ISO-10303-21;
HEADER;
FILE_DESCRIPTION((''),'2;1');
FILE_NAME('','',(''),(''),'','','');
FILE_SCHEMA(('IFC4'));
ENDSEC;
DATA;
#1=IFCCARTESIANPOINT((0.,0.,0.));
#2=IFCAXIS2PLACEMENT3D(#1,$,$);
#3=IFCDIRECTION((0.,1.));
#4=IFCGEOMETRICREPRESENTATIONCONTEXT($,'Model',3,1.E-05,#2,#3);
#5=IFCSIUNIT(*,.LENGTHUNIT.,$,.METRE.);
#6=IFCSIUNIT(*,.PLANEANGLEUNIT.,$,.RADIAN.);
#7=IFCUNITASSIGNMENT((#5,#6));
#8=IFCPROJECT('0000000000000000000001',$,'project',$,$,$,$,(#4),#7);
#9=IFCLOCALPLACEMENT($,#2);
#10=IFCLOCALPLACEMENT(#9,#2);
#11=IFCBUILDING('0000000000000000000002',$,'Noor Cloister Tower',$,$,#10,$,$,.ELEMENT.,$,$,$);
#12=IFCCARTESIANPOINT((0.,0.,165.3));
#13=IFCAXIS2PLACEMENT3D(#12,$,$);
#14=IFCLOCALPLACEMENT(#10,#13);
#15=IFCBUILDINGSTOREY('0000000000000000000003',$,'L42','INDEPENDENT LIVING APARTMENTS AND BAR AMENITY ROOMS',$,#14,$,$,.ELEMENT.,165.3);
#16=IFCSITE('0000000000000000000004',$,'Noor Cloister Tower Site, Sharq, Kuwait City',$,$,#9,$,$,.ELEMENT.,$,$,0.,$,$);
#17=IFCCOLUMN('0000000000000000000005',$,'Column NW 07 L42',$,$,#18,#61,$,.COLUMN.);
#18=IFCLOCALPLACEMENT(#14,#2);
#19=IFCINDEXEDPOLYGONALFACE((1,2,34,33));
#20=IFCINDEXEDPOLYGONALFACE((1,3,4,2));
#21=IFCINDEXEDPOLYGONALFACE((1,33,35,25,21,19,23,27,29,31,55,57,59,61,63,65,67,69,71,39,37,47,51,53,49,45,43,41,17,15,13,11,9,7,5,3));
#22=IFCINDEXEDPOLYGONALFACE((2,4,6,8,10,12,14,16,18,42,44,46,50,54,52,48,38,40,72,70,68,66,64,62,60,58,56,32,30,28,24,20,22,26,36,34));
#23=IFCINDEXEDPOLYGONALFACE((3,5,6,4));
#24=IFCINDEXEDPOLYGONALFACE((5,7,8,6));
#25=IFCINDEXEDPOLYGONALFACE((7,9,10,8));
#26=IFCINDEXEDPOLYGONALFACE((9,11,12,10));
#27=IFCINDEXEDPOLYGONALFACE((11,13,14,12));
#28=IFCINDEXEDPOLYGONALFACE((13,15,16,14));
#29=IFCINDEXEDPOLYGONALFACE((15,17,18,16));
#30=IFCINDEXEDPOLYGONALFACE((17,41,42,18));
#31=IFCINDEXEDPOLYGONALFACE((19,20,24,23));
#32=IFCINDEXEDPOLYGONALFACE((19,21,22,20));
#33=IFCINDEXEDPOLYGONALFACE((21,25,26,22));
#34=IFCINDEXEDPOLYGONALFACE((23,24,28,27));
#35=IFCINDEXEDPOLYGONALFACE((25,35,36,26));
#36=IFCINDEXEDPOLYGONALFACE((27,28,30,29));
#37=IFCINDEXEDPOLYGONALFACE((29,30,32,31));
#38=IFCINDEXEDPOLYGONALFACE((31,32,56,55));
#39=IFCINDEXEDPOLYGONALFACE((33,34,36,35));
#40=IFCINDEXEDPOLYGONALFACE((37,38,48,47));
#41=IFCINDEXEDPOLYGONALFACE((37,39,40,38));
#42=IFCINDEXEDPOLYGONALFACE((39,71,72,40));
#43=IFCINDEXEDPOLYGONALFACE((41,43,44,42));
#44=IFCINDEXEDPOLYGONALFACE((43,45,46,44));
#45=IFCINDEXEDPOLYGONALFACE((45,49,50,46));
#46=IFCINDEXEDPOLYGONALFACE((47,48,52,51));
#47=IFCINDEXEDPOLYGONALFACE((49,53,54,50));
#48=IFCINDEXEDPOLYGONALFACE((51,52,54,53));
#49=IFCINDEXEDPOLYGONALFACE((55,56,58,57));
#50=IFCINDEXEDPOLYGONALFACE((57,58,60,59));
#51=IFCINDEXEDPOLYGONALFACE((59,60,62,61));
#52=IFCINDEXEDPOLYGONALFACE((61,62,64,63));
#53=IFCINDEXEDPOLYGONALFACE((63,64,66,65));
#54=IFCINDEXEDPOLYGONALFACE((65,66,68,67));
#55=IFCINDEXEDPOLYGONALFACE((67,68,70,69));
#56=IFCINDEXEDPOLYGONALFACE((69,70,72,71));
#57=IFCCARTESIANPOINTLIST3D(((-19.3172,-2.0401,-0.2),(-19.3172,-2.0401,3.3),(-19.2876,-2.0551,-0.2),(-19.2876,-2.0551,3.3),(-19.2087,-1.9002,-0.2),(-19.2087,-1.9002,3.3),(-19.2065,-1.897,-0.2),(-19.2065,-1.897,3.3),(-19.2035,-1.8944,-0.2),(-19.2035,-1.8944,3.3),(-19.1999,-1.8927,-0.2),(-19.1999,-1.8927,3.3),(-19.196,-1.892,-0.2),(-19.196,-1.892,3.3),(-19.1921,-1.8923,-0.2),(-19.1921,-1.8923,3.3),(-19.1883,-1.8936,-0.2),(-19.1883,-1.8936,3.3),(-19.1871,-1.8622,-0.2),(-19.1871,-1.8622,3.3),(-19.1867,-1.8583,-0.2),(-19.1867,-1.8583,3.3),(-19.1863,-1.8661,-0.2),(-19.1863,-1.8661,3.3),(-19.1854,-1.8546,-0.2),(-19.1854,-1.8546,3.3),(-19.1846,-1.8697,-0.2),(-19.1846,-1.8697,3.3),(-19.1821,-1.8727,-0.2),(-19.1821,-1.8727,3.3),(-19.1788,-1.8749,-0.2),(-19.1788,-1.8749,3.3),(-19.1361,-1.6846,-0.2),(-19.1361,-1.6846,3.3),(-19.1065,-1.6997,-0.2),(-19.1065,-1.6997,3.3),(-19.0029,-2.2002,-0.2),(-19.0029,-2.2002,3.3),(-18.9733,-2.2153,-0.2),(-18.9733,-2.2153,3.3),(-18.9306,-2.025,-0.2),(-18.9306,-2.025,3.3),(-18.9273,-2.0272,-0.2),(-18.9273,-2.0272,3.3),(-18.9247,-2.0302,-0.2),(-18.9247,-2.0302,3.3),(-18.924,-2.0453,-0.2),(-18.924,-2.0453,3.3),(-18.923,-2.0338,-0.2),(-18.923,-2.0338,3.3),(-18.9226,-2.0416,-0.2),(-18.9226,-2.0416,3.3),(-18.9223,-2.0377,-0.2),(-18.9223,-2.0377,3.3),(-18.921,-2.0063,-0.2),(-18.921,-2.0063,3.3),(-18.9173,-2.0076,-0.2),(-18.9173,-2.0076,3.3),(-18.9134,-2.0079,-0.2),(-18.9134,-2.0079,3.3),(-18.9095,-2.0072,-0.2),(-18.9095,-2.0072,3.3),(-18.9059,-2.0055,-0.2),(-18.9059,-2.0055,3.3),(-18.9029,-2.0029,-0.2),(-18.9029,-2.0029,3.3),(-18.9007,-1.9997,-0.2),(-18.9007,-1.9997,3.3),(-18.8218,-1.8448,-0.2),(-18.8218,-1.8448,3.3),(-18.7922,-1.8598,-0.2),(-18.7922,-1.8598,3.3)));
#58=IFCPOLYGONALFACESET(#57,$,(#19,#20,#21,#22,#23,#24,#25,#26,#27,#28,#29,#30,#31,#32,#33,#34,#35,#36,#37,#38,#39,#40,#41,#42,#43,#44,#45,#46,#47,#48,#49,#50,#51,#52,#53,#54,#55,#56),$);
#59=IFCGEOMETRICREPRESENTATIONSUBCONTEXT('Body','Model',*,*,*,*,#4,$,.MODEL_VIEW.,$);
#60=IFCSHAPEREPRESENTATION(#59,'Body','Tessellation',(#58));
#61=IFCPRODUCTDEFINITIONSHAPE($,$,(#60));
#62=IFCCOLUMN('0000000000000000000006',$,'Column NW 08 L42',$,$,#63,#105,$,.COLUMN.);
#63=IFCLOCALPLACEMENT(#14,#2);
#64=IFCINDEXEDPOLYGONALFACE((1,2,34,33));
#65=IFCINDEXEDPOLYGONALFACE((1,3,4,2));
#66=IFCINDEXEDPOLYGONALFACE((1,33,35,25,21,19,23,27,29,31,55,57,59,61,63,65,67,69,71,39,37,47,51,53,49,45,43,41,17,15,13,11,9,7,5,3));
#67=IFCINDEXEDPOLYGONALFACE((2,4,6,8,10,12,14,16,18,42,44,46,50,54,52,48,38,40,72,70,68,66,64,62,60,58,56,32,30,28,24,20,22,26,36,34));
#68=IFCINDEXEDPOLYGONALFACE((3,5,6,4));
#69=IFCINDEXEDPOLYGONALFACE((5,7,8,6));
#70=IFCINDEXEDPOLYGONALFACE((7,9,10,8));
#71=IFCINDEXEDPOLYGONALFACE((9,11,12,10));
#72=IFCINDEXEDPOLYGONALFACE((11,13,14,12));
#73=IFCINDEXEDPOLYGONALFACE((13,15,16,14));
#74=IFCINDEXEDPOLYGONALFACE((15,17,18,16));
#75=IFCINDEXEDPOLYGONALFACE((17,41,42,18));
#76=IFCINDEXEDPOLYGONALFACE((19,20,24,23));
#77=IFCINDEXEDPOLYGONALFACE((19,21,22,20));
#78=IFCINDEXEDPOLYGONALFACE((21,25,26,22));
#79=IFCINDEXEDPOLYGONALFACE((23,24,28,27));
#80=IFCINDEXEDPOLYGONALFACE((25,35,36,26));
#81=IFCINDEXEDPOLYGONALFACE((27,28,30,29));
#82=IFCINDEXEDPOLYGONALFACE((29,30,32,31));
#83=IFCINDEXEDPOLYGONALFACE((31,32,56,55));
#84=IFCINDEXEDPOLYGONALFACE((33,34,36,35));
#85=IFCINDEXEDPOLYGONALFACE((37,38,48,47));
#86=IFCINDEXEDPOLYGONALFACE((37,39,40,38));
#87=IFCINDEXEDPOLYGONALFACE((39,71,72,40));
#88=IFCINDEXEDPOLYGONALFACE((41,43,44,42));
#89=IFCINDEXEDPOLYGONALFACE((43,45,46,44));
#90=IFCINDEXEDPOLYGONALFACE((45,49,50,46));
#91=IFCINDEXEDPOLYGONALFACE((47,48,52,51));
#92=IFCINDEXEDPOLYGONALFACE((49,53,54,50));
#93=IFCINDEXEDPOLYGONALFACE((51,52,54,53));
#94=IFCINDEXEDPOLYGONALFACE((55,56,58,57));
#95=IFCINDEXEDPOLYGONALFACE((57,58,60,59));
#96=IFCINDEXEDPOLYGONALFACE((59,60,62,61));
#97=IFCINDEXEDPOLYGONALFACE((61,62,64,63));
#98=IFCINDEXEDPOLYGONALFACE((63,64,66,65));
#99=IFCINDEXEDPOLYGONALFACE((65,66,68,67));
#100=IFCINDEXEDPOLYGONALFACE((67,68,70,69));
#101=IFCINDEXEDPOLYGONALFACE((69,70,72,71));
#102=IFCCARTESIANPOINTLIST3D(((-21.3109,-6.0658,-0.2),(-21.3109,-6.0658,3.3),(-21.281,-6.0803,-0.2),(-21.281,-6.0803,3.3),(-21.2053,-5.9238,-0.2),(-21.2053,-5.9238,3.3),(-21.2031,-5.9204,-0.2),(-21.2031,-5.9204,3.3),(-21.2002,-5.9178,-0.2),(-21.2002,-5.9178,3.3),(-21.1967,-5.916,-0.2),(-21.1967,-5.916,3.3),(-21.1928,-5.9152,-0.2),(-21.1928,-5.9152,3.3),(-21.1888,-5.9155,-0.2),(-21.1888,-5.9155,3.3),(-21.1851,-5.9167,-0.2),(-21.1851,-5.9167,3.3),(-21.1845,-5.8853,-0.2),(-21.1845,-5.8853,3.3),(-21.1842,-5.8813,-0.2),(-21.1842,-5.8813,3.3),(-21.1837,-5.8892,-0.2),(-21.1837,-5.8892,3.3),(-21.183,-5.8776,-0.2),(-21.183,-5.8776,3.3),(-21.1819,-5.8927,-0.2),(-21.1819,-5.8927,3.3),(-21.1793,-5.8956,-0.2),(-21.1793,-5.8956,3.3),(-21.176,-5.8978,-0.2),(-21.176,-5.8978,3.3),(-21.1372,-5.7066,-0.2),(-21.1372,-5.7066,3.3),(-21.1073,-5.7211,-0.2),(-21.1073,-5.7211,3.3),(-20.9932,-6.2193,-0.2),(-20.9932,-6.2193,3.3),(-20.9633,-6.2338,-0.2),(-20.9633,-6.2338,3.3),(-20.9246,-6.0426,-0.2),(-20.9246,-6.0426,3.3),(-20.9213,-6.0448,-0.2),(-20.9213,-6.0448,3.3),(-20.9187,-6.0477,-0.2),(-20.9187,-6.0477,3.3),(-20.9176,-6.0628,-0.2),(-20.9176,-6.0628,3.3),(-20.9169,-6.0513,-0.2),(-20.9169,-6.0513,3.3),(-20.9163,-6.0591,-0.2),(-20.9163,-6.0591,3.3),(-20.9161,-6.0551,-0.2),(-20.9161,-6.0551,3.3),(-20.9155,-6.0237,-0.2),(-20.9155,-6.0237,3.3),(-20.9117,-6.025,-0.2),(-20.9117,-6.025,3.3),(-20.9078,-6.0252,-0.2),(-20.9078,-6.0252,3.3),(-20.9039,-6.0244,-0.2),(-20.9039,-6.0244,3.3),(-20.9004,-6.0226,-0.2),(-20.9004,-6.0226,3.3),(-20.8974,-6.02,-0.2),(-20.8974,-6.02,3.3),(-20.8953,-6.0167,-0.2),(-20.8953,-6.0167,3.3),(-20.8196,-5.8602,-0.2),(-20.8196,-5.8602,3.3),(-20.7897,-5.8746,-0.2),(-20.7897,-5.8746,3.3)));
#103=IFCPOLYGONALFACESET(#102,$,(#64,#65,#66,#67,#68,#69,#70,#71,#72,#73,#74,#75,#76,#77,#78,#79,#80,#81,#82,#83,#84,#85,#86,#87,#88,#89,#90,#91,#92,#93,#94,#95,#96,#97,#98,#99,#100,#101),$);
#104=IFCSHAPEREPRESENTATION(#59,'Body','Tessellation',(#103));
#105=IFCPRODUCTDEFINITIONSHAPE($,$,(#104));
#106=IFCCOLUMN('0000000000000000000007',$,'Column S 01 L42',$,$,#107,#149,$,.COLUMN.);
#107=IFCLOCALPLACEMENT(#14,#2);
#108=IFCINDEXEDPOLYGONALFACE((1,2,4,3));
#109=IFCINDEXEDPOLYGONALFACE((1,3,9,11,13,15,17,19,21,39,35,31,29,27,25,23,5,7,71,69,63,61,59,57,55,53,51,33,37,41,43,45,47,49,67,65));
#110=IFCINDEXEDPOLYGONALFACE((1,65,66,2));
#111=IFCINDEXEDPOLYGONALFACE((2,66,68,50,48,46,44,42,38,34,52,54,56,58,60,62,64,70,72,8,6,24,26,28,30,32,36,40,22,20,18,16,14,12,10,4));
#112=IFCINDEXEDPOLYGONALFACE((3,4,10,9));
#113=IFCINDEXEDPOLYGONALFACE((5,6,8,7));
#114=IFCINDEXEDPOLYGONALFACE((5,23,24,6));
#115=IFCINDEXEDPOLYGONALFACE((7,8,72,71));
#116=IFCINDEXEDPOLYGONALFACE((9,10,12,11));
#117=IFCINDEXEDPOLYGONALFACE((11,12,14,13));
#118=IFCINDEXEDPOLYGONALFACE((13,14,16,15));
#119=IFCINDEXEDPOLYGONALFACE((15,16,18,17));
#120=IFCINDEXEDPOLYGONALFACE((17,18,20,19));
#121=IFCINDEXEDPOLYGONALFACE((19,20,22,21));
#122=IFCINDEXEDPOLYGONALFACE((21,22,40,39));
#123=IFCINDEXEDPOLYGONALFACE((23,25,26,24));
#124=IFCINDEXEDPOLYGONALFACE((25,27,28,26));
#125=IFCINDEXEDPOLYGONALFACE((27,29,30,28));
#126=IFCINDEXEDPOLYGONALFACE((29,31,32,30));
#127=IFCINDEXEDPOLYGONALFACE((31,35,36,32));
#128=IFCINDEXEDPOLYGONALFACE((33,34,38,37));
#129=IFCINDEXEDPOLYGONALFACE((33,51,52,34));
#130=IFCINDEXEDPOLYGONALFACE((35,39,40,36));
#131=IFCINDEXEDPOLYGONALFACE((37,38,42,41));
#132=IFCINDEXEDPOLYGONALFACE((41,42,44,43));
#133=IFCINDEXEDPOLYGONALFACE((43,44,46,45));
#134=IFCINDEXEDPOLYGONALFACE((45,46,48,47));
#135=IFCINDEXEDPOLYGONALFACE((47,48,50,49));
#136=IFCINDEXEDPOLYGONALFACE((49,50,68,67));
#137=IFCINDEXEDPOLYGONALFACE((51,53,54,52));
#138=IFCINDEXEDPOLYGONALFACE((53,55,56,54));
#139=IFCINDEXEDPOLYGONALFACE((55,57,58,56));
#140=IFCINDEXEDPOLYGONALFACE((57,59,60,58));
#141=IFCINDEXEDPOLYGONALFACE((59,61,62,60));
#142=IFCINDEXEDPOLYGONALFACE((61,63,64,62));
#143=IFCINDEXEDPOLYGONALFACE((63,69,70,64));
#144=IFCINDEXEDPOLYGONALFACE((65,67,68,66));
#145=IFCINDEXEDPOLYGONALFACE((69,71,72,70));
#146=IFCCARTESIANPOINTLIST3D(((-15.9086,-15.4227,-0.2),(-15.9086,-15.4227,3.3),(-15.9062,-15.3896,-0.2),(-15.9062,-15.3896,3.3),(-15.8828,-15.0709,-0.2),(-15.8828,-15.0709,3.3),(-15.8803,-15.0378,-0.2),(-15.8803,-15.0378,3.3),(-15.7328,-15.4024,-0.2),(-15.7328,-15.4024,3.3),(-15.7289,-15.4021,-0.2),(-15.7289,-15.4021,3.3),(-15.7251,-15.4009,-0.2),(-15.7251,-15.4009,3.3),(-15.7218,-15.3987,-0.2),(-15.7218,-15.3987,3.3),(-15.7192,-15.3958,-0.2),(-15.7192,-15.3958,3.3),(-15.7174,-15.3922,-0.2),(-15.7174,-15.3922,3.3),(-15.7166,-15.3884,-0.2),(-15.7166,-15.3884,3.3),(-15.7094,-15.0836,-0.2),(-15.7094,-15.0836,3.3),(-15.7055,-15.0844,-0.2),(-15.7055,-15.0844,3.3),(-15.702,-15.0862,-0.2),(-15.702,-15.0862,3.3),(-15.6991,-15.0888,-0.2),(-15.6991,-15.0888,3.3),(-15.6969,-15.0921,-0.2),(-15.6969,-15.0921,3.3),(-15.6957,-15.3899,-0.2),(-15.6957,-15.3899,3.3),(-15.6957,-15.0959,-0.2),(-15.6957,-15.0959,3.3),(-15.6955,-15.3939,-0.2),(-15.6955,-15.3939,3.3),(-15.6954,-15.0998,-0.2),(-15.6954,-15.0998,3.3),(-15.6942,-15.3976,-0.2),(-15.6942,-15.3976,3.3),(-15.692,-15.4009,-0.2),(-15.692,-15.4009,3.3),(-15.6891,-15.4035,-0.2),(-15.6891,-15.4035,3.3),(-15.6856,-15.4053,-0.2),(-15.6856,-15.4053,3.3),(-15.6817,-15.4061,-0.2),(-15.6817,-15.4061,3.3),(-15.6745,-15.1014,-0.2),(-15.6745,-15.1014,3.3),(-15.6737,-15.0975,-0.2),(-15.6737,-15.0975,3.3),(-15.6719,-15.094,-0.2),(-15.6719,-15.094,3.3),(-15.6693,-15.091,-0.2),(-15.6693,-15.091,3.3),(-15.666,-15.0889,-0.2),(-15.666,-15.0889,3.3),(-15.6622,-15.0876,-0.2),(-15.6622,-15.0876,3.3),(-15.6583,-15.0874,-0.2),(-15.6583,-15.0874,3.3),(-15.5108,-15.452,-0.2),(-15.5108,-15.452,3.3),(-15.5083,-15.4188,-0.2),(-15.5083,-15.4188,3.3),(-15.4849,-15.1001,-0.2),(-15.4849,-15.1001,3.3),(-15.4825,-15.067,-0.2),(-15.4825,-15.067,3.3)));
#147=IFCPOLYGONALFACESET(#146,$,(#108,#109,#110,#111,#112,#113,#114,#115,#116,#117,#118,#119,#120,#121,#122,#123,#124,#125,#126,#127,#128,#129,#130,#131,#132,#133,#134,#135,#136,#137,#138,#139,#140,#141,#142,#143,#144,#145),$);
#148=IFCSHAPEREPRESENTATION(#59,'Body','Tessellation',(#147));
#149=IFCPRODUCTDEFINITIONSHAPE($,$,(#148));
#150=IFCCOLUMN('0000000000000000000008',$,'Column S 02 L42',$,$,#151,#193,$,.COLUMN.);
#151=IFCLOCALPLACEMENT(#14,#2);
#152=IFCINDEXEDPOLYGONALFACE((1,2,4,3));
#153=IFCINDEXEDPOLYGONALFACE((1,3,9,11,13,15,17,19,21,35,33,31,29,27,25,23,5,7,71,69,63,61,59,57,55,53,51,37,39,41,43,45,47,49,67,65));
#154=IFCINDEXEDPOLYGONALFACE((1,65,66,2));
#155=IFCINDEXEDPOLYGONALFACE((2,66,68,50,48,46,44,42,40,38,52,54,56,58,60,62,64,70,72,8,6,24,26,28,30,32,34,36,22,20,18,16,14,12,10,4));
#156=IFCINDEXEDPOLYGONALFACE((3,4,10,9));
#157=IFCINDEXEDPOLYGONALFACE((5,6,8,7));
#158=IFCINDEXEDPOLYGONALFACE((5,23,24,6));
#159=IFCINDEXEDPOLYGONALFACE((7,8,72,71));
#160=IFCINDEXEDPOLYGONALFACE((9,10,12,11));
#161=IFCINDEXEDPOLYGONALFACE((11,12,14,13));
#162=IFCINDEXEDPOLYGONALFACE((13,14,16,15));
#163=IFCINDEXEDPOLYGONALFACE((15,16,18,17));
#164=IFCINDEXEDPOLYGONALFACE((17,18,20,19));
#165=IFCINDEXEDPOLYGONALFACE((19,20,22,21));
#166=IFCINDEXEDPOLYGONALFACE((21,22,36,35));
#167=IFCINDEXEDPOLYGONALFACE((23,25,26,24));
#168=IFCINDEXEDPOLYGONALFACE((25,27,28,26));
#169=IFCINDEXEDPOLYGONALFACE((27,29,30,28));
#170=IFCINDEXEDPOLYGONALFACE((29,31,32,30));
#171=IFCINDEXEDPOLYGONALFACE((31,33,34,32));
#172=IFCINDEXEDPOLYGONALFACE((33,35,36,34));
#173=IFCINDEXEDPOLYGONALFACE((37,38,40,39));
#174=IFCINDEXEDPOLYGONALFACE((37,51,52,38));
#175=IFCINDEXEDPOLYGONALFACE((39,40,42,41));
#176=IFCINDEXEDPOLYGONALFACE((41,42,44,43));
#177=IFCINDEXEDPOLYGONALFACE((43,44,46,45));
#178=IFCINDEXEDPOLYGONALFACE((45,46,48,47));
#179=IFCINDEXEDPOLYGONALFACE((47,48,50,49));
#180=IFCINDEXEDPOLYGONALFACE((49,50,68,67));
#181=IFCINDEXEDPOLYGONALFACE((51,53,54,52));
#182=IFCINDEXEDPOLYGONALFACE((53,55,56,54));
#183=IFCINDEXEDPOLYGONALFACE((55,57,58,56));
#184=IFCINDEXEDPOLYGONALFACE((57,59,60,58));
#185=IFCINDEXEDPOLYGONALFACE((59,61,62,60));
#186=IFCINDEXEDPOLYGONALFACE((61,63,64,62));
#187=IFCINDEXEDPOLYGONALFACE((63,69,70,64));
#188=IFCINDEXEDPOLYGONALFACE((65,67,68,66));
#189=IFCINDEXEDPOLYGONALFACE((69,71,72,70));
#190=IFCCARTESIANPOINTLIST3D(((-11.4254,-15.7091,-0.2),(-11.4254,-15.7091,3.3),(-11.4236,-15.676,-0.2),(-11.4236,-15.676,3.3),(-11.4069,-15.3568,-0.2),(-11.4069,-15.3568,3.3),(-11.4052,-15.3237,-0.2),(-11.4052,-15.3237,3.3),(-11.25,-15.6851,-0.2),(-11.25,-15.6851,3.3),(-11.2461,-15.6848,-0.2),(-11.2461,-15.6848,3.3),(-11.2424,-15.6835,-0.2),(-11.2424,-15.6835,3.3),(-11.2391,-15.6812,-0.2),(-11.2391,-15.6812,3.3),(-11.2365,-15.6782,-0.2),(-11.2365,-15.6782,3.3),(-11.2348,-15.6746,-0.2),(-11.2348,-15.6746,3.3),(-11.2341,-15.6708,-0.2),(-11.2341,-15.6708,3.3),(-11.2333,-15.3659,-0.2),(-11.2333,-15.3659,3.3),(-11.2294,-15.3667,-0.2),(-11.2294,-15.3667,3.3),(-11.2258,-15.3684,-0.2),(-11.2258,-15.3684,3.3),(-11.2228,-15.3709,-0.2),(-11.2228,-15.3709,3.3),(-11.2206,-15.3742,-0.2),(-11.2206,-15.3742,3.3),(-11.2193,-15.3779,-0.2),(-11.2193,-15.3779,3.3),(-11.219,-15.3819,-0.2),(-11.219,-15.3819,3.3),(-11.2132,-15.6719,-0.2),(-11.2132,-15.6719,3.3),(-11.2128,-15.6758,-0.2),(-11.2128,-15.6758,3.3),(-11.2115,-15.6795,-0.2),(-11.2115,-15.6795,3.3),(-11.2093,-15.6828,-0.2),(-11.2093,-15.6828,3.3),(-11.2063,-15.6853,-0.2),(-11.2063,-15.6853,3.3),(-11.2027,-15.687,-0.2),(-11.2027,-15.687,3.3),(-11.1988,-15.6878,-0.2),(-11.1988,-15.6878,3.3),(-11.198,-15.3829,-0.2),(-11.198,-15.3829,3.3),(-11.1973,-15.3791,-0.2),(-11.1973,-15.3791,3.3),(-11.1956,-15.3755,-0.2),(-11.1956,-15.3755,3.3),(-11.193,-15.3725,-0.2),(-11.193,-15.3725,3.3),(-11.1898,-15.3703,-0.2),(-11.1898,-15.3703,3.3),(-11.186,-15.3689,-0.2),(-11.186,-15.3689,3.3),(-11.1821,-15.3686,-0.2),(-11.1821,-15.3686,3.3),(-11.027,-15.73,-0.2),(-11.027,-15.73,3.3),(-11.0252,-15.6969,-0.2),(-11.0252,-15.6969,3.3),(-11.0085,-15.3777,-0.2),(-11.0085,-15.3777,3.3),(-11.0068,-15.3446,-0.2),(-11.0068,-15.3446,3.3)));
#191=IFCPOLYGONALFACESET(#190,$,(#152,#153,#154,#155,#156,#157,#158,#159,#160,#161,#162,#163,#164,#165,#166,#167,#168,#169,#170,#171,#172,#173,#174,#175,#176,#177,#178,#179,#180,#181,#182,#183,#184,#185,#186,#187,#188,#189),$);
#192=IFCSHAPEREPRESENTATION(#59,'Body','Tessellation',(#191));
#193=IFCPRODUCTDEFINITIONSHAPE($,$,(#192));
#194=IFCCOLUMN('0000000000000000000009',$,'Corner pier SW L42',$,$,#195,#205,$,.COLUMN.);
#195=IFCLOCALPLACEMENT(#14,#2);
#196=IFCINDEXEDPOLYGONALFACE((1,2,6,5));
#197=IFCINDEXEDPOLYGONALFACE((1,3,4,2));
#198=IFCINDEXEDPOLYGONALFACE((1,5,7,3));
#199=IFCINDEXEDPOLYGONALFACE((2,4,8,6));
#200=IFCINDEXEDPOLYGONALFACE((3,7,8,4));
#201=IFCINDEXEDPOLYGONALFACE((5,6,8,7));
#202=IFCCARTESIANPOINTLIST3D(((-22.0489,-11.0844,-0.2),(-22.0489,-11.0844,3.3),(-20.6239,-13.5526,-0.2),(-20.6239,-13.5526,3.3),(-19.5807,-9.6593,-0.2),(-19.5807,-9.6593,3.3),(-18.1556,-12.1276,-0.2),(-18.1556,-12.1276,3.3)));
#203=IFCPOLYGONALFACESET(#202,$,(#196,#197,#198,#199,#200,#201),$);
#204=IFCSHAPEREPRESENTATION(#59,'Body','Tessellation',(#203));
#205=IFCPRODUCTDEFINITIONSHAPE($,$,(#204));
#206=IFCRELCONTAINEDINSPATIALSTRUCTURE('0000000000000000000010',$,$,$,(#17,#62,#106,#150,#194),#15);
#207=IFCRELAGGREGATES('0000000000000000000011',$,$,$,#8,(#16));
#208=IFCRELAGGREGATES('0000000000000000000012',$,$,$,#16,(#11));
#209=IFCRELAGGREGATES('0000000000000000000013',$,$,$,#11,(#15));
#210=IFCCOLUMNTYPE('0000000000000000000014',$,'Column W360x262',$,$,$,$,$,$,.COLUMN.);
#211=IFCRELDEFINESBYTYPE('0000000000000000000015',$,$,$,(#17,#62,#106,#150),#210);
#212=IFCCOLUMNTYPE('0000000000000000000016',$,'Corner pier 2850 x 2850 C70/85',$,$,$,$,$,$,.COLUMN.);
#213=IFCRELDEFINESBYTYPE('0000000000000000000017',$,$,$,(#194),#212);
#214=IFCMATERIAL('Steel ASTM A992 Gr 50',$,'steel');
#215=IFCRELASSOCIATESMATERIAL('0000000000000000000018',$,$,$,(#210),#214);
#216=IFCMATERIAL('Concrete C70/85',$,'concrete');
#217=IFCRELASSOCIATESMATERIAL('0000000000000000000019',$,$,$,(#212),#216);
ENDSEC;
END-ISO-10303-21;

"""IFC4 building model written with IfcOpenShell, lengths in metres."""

from ifc_helpers import new_model, si_unit, direction, frame, origin, origin_2d, place, context, subcontext, project, spatial, rectangle, i_section, extrude, material, material_profile, profile_set, type_object, element, save


model = new_model("IFC4")

# Units and contexts
model_context = context("Model", 3, precision=1e-05, world=origin(), true_north=direction((0.0, 1.0)))
body_context = subcontext(model_context, "Body", "Model", "MODEL_VIEW")
ifc_project = project(units=[si_unit("LENGTHUNIT", "METRE"), si_unit("PLANEANGLEUNIT", "RADIAN")], contexts=[model_context])

# Site, building, storey
site_placement = place(None, origin())
site = spatial("IfcSite", under=ifc_project, at=site_placement, Name="Noor Cloister Tower Site, Sharq, Kuwait City", CompositionType="ELEMENT", RefElevation=0.0)
building_placement = place(site_placement, origin())
building = spatial("IfcBuilding", under=site, at=building_placement, Name="Noor Cloister Tower", CompositionType="ELEMENT")
storey_placement = place(building_placement, frame((0.0, 0.0, 165.3)))
storey = spatial("IfcBuildingStorey", under=building, at=storey_placement, Name="L42", Description="INDEPENDENT LIVING APARTMENTS AND BAR AMENITY ROOMS", CompositionType="ELEMENT", Elevation=165.3)

# Columns
ifc_material_1 = material(Name="Steel ASTM A992 Gr 50", Category="steel")
ifc_material_profile_1 = material_profile(ifc_material_1, i_section(OverallWidth=0.3989, OverallDepth=0.386, WebThickness=0.021, FlangeThickness=0.0332, FilletRadius=0.0151, at=origin_2d()), Name="W360x262")
ifc_profile_set_1 = profile_set([ifc_material_profile_1], Name="Steel ASTM A992 Gr 50")
column_type_1 = type_object("IfcColumnType", Name="Column W360x262", PredefinedType="COLUMN", material=ifc_profile_set_1)
for number, where, z_axis, x_axis, name in (
    (1, (-19.0547, -1.95, -0.2), (0.0, 0.0, 1.0), (-0.453985, -0.891009, 0.0), "Column NW 07 L42"),
    (2, (-21.0503, -5.9702, -0.2), (0.0, 0.0, 1.0), (-0.435223, -0.900322, 0.0), "Column NW 08 L42"),
    (3, (-15.6956, -15.2449, -0.2), (0.0, 0.0, 1.0), (0.997314, -0.073247, 0.0), "Column S 01 L42"),
    (4, (-11.2161, -15.5269, -0.2), (0.0, 0.0, 1.0), (0.998629, -0.052342, 0.0), "Column S 02 L42"),
):
    element("IfcColumn", number, at=place(storey_placement, frame(where, z_axis=z_axis, x_axis=x_axis)), inside=storey, type_object=column_type_1, Name=name, PredefinedType="COLUMN", context=body_context, shape_type="SweptSolid", body=[
        extrude(i_section(OverallWidth=0.3989, OverallDepth=0.386, WebThickness=0.021, FlangeThickness=0.0332, FilletRadius=0.0151, at=origin_2d()), origin(), (0.0, 0.0, 1.0), 3.5),
    ])
ifc_material_2 = material(Name="Concrete C70/85", Category="concrete")
ifc_material_profile_2 = material_profile(ifc_material_2, rectangle(XDim=2.8501, YDim=2.8501, at=origin_2d()), Name="RC 2850x2850")
ifc_profile_set_2 = profile_set([ifc_material_profile_2], Name="Concrete C70/85")
column_type_2 = type_object("IfcColumnType", Name="Corner pier 2850 x 2850 C70/85", PredefinedType="COLUMN", material=ifc_profile_set_2)
column_placement = place(storey_placement, frame((-20.1023, -11.606, -0.2), z_axis=(0.0, 0.0, 1.0), x_axis=(-0.866025, -0.5, 0.0)))
element("IfcColumn", 5, at=column_placement, inside=storey, type_object=column_type_2, Name="Corner pier SW L42", PredefinedType="COLUMN", context=body_context, shape_type="SweptSolid", body=[
    extrude(rectangle(XDim=2.8501, YDim=2.8501, at=origin_2d()), origin(), (0.0, 0.0, 1.0), 3.5),
])

save(model, "model.ifc")
